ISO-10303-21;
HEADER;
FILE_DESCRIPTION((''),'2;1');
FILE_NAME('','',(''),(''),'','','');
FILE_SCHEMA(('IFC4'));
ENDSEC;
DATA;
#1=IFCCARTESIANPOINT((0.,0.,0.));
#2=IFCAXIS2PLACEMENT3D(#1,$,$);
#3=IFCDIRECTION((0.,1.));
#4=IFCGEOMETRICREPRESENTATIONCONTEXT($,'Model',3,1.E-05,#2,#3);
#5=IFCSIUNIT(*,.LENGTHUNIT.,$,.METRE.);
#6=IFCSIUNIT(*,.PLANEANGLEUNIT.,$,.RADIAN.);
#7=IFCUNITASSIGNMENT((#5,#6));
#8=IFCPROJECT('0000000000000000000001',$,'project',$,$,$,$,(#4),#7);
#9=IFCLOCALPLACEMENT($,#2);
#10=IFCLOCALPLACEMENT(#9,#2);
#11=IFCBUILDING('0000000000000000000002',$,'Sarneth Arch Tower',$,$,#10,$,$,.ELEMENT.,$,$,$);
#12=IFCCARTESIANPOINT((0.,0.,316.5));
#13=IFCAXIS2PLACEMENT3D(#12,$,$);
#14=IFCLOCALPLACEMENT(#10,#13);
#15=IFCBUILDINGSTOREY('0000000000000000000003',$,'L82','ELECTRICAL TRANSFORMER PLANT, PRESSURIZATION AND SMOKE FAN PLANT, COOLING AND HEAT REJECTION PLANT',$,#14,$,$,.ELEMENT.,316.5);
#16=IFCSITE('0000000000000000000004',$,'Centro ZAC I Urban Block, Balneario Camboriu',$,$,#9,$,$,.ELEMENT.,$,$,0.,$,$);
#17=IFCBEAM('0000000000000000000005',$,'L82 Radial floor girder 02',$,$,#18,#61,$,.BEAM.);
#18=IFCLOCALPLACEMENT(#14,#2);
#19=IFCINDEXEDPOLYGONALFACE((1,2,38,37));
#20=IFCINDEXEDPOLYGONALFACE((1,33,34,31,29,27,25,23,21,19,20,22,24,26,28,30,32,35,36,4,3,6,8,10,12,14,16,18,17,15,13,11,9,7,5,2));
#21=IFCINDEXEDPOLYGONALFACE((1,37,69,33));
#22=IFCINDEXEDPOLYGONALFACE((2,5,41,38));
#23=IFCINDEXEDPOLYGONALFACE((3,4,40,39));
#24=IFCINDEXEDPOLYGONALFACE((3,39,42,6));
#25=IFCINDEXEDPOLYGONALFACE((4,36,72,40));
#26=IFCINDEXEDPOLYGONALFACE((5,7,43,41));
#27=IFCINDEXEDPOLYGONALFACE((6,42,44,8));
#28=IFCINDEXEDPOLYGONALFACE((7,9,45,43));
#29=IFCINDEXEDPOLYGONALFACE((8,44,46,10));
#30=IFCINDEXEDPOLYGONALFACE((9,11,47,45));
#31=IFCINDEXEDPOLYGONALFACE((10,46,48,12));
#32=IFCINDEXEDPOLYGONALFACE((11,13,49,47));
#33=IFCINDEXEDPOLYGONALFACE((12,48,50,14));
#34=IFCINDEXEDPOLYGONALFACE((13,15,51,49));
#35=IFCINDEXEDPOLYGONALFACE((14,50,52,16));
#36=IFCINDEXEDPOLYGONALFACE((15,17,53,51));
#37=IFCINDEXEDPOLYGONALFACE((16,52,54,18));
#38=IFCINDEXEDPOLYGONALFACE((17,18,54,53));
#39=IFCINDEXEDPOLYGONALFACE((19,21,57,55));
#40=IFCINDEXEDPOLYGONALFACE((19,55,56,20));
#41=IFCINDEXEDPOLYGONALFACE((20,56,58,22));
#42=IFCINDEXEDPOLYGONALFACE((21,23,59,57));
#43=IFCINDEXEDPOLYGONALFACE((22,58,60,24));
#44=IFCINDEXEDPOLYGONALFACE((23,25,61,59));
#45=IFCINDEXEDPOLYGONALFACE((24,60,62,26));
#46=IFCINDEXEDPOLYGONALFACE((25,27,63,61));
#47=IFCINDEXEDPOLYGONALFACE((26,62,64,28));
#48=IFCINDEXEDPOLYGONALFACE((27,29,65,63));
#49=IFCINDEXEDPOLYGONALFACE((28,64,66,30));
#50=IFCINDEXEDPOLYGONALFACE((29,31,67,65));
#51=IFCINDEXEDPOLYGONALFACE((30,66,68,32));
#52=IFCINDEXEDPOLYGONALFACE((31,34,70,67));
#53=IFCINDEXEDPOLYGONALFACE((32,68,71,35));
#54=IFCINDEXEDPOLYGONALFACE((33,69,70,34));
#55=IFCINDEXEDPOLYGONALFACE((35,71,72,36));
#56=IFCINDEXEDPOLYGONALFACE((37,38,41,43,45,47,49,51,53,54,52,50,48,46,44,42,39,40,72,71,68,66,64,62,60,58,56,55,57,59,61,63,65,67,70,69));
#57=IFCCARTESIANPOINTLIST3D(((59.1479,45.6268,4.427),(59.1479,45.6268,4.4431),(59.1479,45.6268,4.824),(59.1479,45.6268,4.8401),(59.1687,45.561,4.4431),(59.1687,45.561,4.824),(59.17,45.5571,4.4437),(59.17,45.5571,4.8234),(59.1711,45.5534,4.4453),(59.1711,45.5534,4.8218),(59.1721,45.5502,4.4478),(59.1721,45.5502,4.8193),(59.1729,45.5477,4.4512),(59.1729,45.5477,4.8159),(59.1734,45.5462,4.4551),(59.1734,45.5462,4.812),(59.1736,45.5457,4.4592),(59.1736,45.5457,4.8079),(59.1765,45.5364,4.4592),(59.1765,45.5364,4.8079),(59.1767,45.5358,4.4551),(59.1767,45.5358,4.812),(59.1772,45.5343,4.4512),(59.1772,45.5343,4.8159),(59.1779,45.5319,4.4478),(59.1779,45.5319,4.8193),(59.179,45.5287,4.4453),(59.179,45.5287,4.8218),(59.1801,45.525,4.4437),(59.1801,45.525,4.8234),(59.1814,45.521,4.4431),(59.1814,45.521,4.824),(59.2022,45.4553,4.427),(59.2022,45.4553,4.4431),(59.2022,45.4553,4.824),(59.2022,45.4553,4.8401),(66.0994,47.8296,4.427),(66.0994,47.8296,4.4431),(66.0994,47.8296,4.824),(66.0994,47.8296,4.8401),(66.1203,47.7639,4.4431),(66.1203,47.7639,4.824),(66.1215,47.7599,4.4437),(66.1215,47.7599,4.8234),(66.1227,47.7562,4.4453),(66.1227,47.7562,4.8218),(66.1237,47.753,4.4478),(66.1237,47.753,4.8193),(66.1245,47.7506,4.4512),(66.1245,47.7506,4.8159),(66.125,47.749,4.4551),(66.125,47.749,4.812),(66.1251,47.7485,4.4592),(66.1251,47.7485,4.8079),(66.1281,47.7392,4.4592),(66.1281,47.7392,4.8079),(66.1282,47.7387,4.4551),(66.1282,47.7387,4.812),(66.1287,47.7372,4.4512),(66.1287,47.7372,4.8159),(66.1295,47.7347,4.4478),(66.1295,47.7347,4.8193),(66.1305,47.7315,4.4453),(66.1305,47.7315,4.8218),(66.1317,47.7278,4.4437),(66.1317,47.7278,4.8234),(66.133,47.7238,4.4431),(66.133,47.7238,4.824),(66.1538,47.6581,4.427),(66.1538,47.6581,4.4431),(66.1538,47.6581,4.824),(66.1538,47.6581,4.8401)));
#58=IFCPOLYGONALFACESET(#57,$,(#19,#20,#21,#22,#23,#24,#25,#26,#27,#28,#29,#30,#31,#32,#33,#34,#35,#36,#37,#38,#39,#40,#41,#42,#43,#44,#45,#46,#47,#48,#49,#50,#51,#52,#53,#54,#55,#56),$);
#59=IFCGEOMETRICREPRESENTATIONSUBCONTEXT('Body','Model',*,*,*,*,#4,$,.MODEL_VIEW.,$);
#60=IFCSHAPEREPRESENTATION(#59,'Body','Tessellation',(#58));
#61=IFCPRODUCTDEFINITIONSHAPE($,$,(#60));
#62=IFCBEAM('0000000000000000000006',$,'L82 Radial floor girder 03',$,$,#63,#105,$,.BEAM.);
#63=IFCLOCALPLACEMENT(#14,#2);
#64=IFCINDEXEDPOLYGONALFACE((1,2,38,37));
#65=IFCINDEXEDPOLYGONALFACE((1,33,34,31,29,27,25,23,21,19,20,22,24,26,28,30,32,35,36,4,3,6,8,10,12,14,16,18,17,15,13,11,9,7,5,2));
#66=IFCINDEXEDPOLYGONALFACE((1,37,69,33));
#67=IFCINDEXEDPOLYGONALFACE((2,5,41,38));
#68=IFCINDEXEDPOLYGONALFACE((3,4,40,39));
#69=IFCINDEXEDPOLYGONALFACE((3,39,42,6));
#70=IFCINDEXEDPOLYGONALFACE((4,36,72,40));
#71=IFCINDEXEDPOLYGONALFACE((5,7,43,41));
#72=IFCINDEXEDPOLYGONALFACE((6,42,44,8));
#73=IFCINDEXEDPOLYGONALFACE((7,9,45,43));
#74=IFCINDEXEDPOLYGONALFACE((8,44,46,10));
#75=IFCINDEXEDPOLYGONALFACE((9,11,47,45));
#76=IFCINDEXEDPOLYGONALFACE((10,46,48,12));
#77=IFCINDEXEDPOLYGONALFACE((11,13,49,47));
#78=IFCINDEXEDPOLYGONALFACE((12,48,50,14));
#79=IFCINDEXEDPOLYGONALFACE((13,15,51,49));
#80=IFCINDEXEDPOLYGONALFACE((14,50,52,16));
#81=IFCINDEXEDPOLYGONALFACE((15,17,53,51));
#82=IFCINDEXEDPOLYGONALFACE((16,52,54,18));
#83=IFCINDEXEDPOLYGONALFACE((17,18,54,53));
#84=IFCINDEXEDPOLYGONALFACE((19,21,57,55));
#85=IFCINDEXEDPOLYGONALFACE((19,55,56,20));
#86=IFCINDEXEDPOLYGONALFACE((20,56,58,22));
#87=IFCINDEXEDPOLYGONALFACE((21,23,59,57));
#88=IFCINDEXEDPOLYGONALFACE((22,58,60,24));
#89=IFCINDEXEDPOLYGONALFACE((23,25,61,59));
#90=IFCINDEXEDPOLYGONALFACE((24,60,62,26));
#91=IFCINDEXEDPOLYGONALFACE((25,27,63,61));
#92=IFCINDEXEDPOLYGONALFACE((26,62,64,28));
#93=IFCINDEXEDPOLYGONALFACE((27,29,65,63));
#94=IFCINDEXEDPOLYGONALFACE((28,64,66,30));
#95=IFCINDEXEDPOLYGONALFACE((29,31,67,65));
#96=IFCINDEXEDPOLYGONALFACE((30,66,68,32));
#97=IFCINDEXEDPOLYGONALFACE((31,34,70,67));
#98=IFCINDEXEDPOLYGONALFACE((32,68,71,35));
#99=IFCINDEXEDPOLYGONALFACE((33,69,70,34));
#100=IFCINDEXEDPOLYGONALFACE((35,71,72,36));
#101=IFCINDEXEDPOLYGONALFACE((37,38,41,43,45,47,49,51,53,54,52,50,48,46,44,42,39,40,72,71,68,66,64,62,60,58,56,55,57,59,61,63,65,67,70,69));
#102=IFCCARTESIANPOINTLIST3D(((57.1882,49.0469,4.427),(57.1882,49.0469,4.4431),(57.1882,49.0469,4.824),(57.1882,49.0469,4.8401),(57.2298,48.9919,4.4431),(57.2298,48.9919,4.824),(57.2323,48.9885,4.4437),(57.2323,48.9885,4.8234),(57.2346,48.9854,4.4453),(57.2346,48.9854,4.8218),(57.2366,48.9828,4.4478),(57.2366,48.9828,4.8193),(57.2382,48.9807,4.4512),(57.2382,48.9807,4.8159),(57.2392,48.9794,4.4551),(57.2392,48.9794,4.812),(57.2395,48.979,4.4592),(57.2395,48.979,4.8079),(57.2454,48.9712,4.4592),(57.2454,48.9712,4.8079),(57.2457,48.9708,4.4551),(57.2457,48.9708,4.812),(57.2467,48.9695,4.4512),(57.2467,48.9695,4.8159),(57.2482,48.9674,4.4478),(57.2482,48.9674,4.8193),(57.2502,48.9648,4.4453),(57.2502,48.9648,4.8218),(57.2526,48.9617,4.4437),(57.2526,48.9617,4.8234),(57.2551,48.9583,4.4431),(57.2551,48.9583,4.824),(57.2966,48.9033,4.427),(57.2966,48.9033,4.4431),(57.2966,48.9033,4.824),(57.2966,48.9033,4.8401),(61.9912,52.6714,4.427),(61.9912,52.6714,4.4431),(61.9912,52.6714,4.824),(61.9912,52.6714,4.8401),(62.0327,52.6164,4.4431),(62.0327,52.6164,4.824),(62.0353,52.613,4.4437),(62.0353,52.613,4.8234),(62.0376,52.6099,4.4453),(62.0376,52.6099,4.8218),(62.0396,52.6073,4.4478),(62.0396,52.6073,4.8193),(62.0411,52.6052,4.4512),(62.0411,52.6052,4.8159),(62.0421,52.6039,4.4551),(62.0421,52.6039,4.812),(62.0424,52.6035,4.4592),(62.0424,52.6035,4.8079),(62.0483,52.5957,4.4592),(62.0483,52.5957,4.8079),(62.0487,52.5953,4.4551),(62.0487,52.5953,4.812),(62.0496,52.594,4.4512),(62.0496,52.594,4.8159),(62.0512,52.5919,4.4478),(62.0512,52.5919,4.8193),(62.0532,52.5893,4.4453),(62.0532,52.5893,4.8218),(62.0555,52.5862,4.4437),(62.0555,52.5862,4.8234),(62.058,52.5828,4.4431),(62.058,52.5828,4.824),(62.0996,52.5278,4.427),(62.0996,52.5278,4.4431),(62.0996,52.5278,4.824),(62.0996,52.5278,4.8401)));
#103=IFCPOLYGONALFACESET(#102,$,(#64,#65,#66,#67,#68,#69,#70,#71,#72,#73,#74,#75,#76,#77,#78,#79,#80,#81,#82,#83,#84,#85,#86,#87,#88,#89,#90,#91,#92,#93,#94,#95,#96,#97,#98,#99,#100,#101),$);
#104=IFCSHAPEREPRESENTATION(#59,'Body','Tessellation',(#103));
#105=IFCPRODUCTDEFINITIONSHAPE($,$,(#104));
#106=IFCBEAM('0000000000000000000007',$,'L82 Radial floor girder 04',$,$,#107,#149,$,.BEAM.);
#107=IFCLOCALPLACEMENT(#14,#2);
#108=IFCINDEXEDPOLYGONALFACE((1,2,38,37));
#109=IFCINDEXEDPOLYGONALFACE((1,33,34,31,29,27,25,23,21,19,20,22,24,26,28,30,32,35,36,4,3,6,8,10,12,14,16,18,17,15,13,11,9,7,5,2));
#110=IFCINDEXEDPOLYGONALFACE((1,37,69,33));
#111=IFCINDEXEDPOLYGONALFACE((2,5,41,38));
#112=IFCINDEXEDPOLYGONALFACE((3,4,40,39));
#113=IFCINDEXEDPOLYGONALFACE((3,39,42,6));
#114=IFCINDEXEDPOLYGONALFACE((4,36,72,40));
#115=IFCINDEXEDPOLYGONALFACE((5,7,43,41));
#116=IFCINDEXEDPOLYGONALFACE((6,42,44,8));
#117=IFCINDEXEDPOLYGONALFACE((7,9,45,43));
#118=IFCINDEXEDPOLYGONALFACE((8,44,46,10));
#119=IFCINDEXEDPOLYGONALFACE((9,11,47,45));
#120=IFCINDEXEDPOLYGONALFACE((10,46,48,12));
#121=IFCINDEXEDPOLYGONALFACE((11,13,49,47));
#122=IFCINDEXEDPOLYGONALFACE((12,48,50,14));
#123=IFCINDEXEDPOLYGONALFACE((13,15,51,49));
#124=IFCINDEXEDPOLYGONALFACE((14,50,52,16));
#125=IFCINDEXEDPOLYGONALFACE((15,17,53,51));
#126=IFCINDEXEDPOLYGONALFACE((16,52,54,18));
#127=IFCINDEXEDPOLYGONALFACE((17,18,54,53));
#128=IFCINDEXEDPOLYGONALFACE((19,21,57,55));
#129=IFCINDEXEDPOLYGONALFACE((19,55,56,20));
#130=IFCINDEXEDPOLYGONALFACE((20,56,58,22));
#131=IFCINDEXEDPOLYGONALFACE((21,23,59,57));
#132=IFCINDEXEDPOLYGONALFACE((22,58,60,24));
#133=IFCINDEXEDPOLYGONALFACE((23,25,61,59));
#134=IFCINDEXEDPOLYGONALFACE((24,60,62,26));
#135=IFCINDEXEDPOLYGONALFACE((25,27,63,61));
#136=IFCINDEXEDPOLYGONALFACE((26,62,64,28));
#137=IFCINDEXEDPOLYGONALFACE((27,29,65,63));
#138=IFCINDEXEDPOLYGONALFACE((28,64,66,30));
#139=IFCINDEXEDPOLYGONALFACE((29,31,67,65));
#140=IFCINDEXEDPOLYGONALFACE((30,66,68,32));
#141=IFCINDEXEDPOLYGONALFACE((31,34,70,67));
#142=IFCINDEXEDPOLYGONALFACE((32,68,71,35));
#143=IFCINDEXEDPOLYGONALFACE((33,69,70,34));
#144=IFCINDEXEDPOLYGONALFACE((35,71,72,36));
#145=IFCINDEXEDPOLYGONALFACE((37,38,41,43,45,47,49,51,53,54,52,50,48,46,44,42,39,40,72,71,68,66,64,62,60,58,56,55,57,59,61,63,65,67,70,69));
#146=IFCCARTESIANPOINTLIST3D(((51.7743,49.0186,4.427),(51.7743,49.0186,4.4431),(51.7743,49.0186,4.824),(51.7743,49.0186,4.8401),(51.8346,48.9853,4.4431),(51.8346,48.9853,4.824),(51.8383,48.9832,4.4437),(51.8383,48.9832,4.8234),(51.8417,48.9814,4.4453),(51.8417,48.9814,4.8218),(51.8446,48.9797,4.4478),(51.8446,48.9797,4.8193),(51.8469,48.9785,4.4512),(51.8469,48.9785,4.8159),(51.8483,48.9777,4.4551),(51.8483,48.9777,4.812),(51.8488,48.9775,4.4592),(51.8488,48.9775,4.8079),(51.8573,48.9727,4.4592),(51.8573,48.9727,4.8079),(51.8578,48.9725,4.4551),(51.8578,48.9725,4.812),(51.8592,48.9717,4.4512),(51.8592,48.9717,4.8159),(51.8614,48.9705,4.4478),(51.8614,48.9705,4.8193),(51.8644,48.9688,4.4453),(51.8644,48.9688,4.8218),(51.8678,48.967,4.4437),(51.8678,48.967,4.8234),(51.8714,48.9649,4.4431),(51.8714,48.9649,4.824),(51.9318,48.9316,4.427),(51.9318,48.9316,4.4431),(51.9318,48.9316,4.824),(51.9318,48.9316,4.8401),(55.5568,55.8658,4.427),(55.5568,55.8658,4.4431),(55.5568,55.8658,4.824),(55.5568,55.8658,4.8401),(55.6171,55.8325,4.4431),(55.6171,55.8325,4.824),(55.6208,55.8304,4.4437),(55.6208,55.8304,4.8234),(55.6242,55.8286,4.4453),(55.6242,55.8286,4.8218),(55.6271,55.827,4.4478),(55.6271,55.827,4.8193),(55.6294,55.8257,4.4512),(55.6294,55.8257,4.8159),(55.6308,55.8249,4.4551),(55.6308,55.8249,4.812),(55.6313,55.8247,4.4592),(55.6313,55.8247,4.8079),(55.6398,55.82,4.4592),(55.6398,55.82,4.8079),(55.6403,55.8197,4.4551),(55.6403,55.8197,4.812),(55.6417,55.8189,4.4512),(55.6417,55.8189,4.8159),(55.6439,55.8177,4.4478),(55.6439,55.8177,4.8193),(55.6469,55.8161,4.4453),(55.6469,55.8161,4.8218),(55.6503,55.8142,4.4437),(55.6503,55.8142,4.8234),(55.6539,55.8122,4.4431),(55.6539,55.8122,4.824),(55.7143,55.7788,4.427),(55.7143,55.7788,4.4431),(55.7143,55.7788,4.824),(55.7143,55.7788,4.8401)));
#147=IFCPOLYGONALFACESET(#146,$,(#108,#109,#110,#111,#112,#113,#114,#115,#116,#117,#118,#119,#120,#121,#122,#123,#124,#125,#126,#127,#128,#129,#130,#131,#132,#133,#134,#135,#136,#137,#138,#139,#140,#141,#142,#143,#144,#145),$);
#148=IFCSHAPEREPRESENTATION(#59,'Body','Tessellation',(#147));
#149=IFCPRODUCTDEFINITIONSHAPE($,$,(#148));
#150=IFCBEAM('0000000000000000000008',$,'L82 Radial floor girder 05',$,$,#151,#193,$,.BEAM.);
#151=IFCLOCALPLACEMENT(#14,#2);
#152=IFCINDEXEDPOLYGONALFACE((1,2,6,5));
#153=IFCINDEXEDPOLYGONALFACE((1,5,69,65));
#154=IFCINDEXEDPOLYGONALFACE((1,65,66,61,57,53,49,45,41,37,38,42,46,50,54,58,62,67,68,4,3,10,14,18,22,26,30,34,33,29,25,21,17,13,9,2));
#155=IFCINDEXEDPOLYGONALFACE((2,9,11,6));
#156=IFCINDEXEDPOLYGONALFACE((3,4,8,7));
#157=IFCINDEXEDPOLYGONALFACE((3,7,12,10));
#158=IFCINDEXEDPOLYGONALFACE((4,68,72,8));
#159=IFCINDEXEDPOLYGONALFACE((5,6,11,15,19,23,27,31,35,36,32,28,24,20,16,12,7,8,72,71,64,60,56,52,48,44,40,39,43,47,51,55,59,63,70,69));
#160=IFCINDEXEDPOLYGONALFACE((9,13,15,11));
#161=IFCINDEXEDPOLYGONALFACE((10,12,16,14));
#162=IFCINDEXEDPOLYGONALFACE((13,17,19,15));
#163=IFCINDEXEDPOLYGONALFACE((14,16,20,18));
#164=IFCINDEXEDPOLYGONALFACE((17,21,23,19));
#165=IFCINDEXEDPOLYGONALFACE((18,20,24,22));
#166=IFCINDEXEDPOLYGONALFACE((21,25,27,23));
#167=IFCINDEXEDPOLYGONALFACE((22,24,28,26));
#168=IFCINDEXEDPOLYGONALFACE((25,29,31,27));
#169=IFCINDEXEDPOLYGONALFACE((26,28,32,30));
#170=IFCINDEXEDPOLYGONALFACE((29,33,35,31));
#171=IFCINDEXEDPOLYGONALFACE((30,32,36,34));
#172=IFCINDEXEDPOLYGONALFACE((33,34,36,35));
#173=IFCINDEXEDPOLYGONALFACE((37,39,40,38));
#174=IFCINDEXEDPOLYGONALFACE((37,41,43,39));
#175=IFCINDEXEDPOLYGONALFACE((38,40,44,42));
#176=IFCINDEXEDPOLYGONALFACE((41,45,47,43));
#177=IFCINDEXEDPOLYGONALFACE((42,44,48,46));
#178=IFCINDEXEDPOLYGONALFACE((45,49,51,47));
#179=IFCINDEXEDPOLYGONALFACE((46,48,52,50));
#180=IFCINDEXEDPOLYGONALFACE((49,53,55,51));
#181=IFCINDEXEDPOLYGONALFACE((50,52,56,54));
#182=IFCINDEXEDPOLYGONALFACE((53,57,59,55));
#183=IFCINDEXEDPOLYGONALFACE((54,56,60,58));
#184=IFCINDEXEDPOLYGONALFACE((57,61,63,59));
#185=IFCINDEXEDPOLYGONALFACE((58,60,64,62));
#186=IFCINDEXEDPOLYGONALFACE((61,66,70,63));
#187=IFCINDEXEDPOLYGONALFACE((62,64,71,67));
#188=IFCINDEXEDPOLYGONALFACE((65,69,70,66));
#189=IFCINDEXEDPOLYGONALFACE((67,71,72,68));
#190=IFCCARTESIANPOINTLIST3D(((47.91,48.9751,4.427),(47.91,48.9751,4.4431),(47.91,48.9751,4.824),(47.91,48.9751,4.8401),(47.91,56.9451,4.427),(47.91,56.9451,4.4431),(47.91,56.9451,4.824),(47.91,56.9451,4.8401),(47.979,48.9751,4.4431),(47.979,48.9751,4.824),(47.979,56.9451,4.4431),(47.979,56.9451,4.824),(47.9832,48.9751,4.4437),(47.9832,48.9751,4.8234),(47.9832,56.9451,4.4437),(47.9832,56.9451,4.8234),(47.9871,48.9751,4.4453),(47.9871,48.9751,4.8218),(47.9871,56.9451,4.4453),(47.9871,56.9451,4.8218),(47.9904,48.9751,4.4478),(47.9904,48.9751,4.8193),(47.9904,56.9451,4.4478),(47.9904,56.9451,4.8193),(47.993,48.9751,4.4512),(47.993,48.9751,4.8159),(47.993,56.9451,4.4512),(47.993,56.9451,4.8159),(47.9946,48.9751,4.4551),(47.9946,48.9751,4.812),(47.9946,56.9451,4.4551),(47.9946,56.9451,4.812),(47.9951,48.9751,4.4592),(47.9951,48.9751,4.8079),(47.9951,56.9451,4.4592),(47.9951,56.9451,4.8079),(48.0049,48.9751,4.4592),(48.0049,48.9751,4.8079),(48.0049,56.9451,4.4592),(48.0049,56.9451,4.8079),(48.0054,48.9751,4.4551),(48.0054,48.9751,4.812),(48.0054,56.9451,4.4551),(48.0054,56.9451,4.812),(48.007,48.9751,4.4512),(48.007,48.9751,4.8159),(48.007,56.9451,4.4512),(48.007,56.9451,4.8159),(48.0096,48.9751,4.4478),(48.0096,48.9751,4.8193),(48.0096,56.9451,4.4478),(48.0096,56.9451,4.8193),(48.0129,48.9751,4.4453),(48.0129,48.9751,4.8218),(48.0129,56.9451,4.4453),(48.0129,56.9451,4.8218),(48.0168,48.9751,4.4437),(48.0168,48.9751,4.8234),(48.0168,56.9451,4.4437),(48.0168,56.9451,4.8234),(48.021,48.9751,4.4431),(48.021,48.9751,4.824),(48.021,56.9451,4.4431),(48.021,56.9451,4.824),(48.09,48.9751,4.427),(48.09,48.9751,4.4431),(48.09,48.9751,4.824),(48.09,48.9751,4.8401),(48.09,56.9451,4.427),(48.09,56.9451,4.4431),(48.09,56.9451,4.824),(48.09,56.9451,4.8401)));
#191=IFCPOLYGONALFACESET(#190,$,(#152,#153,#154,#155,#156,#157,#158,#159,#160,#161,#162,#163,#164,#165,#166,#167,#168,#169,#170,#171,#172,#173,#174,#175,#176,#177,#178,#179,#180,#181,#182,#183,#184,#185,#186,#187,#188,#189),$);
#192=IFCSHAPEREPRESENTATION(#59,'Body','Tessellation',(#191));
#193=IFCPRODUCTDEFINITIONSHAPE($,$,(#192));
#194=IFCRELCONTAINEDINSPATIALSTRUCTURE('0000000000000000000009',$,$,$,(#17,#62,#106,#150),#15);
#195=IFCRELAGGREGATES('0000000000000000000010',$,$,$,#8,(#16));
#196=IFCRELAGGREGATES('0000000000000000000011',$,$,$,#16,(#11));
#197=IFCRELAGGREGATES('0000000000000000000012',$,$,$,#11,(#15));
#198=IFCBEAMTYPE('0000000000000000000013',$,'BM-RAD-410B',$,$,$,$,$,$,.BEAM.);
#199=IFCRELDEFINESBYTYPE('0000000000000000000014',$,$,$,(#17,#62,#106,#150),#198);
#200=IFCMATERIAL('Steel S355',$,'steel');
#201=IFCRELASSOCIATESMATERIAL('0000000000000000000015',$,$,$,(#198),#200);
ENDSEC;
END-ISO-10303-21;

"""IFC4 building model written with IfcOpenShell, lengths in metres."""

from ifc_helpers import new_model, si_unit, direction, frame, origin, origin_2d, place, context, subcontext, project, spatial, i_section, extrude, material, material_profile, profile_set, type_object, element, save


model = new_model("IFC4")

# Units and contexts
model_context = context("Model", 3, precision=1e-05, world=origin(), true_north=direction((0.0, 1.0)))
body_context = subcontext(model_context, "Body", "Model", "MODEL_VIEW")
ifc_project = project(units=[si_unit("LENGTHUNIT", "METRE"), si_unit("PLANEANGLEUNIT", "RADIAN")], contexts=[model_context])

# Site, building, storey
site_placement = place(None, origin())
site = spatial("IfcSite", under=ifc_project, at=site_placement, Name="Centro ZAC I Urban Block, Balneario Camboriu", CompositionType="ELEMENT", RefElevation=0.0)
building_placement = place(site_placement, origin())
building = spatial("IfcBuilding", under=site, at=building_placement, Name="Sarneth Arch Tower", CompositionType="ELEMENT")
storey_placement = place(building_placement, frame((0.0, 0.0, 316.5)))
storey = spatial("IfcBuildingStorey", under=building, at=storey_placement, Name="L82", Description="ELECTRICAL TRANSFORMER PLANT, PRESSURIZATION AND SMOKE FAN PLANT, COOLING AND HEAT REJECTION PLANT", CompositionType="ELEMENT", Elevation=316.5)

# Beams
ifc_material_1 = material(Name="Steel S355", Category="steel")
ifc_material_profile_1 = material_profile(ifc_material_1, i_section(OverallWidth=0.1799, OverallDepth=0.4131, WebThickness=0.0098, FlangeThickness=0.0161, FilletRadius=0.0161, at=origin_2d()), Name="W410x75")
ifc_profile_set_1 = profile_set([ifc_material_profile_1], Name="Steel S355")
beam_type_1 = type_object("IfcBeamType", Name="BM-RAD-410B", PredefinedType="BEAM", material=ifc_profile_set_1)
beam_1_placement = place(storey_placement, frame((59.175, 45.541, 4.6335), z_axis=(0.953282, 0.302081, 0.0), x_axis=(-0.302081, 0.953282, 0.0)))
element("IfcBeam", 1, at=beam_1_placement, inside=storey, type_object=beam_type_1, Name="L82 Radial floor girder 02", PredefinedType="BEAM", context=body_context, shape_type="SweptSolid", body=[
    extrude(i_section(OverallWidth=0.1799, OverallDepth=0.4131, WebThickness=0.0098, FlangeThickness=0.0161, FilletRadius=0.0161, at=origin_2d()), origin(), (0.0, 0.0, 1.0), 7.2922),
])
beam_2_placement = place(storey_placement, frame((57.2424, 48.9751, 4.6335), z_axis=(0.798219, 0.602367, 0.0), x_axis=(-0.602367, 0.798219, 0.0)))
element("IfcBeam", 2, at=beam_2_placement, inside=storey, type_object=beam_type_1, Name="L82 Radial floor girder 03", PredefinedType="BEAM", context=body_context, shape_type="SweptSolid", body=[
    extrude(i_section(OverallWidth=0.1799, OverallDepth=0.4131, WebThickness=0.0098, FlangeThickness=0.0161, FilletRadius=0.0161, at=origin_2d()), origin(), (0.0, 0.0, 1.0), 6.0171),
])
beam_3_placement = place(storey_placement, frame((51.853, 48.9751, 4.6335), z_axis=(0.48354, 0.875322, 0.0), x_axis=(-0.875322, 0.48354, 0.0)))
element("IfcBeam", 3, at=beam_3_placement, inside=storey, type_object=beam_type_1, Name="L82 Radial floor girder 04", PredefinedType="BEAM", context=body_context, shape_type="SweptSolid", body=[
    extrude(i_section(OverallWidth=0.1799, OverallDepth=0.4131, WebThickness=0.0098, FlangeThickness=0.0161, FilletRadius=0.0161, at=origin_2d()), origin(), (0.0, 0.0, 1.0), 7.8225),
])
beam_4_placement = place(storey_placement, frame((48.0, 48.9751, 4.6335), z_axis=(0.0, 1.0, 0.0), x_axis=(-1.0, 0.0, 0.0)))
element("IfcBeam", 4, at=beam_4_placement, inside=storey, type_object=beam_type_1, Name="L82 Radial floor girder 05", PredefinedType="BEAM", context=body_context, shape_type="SweptSolid", body=[
    extrude(i_section(OverallWidth=0.1799, OverallDepth=0.4131, WebThickness=0.0098, FlangeThickness=0.0161, FilletRadius=0.0161, at=origin_2d()), origin(), (0.0, 0.0, 1.0), 7.97),
])

save(model, "model.ifc")
